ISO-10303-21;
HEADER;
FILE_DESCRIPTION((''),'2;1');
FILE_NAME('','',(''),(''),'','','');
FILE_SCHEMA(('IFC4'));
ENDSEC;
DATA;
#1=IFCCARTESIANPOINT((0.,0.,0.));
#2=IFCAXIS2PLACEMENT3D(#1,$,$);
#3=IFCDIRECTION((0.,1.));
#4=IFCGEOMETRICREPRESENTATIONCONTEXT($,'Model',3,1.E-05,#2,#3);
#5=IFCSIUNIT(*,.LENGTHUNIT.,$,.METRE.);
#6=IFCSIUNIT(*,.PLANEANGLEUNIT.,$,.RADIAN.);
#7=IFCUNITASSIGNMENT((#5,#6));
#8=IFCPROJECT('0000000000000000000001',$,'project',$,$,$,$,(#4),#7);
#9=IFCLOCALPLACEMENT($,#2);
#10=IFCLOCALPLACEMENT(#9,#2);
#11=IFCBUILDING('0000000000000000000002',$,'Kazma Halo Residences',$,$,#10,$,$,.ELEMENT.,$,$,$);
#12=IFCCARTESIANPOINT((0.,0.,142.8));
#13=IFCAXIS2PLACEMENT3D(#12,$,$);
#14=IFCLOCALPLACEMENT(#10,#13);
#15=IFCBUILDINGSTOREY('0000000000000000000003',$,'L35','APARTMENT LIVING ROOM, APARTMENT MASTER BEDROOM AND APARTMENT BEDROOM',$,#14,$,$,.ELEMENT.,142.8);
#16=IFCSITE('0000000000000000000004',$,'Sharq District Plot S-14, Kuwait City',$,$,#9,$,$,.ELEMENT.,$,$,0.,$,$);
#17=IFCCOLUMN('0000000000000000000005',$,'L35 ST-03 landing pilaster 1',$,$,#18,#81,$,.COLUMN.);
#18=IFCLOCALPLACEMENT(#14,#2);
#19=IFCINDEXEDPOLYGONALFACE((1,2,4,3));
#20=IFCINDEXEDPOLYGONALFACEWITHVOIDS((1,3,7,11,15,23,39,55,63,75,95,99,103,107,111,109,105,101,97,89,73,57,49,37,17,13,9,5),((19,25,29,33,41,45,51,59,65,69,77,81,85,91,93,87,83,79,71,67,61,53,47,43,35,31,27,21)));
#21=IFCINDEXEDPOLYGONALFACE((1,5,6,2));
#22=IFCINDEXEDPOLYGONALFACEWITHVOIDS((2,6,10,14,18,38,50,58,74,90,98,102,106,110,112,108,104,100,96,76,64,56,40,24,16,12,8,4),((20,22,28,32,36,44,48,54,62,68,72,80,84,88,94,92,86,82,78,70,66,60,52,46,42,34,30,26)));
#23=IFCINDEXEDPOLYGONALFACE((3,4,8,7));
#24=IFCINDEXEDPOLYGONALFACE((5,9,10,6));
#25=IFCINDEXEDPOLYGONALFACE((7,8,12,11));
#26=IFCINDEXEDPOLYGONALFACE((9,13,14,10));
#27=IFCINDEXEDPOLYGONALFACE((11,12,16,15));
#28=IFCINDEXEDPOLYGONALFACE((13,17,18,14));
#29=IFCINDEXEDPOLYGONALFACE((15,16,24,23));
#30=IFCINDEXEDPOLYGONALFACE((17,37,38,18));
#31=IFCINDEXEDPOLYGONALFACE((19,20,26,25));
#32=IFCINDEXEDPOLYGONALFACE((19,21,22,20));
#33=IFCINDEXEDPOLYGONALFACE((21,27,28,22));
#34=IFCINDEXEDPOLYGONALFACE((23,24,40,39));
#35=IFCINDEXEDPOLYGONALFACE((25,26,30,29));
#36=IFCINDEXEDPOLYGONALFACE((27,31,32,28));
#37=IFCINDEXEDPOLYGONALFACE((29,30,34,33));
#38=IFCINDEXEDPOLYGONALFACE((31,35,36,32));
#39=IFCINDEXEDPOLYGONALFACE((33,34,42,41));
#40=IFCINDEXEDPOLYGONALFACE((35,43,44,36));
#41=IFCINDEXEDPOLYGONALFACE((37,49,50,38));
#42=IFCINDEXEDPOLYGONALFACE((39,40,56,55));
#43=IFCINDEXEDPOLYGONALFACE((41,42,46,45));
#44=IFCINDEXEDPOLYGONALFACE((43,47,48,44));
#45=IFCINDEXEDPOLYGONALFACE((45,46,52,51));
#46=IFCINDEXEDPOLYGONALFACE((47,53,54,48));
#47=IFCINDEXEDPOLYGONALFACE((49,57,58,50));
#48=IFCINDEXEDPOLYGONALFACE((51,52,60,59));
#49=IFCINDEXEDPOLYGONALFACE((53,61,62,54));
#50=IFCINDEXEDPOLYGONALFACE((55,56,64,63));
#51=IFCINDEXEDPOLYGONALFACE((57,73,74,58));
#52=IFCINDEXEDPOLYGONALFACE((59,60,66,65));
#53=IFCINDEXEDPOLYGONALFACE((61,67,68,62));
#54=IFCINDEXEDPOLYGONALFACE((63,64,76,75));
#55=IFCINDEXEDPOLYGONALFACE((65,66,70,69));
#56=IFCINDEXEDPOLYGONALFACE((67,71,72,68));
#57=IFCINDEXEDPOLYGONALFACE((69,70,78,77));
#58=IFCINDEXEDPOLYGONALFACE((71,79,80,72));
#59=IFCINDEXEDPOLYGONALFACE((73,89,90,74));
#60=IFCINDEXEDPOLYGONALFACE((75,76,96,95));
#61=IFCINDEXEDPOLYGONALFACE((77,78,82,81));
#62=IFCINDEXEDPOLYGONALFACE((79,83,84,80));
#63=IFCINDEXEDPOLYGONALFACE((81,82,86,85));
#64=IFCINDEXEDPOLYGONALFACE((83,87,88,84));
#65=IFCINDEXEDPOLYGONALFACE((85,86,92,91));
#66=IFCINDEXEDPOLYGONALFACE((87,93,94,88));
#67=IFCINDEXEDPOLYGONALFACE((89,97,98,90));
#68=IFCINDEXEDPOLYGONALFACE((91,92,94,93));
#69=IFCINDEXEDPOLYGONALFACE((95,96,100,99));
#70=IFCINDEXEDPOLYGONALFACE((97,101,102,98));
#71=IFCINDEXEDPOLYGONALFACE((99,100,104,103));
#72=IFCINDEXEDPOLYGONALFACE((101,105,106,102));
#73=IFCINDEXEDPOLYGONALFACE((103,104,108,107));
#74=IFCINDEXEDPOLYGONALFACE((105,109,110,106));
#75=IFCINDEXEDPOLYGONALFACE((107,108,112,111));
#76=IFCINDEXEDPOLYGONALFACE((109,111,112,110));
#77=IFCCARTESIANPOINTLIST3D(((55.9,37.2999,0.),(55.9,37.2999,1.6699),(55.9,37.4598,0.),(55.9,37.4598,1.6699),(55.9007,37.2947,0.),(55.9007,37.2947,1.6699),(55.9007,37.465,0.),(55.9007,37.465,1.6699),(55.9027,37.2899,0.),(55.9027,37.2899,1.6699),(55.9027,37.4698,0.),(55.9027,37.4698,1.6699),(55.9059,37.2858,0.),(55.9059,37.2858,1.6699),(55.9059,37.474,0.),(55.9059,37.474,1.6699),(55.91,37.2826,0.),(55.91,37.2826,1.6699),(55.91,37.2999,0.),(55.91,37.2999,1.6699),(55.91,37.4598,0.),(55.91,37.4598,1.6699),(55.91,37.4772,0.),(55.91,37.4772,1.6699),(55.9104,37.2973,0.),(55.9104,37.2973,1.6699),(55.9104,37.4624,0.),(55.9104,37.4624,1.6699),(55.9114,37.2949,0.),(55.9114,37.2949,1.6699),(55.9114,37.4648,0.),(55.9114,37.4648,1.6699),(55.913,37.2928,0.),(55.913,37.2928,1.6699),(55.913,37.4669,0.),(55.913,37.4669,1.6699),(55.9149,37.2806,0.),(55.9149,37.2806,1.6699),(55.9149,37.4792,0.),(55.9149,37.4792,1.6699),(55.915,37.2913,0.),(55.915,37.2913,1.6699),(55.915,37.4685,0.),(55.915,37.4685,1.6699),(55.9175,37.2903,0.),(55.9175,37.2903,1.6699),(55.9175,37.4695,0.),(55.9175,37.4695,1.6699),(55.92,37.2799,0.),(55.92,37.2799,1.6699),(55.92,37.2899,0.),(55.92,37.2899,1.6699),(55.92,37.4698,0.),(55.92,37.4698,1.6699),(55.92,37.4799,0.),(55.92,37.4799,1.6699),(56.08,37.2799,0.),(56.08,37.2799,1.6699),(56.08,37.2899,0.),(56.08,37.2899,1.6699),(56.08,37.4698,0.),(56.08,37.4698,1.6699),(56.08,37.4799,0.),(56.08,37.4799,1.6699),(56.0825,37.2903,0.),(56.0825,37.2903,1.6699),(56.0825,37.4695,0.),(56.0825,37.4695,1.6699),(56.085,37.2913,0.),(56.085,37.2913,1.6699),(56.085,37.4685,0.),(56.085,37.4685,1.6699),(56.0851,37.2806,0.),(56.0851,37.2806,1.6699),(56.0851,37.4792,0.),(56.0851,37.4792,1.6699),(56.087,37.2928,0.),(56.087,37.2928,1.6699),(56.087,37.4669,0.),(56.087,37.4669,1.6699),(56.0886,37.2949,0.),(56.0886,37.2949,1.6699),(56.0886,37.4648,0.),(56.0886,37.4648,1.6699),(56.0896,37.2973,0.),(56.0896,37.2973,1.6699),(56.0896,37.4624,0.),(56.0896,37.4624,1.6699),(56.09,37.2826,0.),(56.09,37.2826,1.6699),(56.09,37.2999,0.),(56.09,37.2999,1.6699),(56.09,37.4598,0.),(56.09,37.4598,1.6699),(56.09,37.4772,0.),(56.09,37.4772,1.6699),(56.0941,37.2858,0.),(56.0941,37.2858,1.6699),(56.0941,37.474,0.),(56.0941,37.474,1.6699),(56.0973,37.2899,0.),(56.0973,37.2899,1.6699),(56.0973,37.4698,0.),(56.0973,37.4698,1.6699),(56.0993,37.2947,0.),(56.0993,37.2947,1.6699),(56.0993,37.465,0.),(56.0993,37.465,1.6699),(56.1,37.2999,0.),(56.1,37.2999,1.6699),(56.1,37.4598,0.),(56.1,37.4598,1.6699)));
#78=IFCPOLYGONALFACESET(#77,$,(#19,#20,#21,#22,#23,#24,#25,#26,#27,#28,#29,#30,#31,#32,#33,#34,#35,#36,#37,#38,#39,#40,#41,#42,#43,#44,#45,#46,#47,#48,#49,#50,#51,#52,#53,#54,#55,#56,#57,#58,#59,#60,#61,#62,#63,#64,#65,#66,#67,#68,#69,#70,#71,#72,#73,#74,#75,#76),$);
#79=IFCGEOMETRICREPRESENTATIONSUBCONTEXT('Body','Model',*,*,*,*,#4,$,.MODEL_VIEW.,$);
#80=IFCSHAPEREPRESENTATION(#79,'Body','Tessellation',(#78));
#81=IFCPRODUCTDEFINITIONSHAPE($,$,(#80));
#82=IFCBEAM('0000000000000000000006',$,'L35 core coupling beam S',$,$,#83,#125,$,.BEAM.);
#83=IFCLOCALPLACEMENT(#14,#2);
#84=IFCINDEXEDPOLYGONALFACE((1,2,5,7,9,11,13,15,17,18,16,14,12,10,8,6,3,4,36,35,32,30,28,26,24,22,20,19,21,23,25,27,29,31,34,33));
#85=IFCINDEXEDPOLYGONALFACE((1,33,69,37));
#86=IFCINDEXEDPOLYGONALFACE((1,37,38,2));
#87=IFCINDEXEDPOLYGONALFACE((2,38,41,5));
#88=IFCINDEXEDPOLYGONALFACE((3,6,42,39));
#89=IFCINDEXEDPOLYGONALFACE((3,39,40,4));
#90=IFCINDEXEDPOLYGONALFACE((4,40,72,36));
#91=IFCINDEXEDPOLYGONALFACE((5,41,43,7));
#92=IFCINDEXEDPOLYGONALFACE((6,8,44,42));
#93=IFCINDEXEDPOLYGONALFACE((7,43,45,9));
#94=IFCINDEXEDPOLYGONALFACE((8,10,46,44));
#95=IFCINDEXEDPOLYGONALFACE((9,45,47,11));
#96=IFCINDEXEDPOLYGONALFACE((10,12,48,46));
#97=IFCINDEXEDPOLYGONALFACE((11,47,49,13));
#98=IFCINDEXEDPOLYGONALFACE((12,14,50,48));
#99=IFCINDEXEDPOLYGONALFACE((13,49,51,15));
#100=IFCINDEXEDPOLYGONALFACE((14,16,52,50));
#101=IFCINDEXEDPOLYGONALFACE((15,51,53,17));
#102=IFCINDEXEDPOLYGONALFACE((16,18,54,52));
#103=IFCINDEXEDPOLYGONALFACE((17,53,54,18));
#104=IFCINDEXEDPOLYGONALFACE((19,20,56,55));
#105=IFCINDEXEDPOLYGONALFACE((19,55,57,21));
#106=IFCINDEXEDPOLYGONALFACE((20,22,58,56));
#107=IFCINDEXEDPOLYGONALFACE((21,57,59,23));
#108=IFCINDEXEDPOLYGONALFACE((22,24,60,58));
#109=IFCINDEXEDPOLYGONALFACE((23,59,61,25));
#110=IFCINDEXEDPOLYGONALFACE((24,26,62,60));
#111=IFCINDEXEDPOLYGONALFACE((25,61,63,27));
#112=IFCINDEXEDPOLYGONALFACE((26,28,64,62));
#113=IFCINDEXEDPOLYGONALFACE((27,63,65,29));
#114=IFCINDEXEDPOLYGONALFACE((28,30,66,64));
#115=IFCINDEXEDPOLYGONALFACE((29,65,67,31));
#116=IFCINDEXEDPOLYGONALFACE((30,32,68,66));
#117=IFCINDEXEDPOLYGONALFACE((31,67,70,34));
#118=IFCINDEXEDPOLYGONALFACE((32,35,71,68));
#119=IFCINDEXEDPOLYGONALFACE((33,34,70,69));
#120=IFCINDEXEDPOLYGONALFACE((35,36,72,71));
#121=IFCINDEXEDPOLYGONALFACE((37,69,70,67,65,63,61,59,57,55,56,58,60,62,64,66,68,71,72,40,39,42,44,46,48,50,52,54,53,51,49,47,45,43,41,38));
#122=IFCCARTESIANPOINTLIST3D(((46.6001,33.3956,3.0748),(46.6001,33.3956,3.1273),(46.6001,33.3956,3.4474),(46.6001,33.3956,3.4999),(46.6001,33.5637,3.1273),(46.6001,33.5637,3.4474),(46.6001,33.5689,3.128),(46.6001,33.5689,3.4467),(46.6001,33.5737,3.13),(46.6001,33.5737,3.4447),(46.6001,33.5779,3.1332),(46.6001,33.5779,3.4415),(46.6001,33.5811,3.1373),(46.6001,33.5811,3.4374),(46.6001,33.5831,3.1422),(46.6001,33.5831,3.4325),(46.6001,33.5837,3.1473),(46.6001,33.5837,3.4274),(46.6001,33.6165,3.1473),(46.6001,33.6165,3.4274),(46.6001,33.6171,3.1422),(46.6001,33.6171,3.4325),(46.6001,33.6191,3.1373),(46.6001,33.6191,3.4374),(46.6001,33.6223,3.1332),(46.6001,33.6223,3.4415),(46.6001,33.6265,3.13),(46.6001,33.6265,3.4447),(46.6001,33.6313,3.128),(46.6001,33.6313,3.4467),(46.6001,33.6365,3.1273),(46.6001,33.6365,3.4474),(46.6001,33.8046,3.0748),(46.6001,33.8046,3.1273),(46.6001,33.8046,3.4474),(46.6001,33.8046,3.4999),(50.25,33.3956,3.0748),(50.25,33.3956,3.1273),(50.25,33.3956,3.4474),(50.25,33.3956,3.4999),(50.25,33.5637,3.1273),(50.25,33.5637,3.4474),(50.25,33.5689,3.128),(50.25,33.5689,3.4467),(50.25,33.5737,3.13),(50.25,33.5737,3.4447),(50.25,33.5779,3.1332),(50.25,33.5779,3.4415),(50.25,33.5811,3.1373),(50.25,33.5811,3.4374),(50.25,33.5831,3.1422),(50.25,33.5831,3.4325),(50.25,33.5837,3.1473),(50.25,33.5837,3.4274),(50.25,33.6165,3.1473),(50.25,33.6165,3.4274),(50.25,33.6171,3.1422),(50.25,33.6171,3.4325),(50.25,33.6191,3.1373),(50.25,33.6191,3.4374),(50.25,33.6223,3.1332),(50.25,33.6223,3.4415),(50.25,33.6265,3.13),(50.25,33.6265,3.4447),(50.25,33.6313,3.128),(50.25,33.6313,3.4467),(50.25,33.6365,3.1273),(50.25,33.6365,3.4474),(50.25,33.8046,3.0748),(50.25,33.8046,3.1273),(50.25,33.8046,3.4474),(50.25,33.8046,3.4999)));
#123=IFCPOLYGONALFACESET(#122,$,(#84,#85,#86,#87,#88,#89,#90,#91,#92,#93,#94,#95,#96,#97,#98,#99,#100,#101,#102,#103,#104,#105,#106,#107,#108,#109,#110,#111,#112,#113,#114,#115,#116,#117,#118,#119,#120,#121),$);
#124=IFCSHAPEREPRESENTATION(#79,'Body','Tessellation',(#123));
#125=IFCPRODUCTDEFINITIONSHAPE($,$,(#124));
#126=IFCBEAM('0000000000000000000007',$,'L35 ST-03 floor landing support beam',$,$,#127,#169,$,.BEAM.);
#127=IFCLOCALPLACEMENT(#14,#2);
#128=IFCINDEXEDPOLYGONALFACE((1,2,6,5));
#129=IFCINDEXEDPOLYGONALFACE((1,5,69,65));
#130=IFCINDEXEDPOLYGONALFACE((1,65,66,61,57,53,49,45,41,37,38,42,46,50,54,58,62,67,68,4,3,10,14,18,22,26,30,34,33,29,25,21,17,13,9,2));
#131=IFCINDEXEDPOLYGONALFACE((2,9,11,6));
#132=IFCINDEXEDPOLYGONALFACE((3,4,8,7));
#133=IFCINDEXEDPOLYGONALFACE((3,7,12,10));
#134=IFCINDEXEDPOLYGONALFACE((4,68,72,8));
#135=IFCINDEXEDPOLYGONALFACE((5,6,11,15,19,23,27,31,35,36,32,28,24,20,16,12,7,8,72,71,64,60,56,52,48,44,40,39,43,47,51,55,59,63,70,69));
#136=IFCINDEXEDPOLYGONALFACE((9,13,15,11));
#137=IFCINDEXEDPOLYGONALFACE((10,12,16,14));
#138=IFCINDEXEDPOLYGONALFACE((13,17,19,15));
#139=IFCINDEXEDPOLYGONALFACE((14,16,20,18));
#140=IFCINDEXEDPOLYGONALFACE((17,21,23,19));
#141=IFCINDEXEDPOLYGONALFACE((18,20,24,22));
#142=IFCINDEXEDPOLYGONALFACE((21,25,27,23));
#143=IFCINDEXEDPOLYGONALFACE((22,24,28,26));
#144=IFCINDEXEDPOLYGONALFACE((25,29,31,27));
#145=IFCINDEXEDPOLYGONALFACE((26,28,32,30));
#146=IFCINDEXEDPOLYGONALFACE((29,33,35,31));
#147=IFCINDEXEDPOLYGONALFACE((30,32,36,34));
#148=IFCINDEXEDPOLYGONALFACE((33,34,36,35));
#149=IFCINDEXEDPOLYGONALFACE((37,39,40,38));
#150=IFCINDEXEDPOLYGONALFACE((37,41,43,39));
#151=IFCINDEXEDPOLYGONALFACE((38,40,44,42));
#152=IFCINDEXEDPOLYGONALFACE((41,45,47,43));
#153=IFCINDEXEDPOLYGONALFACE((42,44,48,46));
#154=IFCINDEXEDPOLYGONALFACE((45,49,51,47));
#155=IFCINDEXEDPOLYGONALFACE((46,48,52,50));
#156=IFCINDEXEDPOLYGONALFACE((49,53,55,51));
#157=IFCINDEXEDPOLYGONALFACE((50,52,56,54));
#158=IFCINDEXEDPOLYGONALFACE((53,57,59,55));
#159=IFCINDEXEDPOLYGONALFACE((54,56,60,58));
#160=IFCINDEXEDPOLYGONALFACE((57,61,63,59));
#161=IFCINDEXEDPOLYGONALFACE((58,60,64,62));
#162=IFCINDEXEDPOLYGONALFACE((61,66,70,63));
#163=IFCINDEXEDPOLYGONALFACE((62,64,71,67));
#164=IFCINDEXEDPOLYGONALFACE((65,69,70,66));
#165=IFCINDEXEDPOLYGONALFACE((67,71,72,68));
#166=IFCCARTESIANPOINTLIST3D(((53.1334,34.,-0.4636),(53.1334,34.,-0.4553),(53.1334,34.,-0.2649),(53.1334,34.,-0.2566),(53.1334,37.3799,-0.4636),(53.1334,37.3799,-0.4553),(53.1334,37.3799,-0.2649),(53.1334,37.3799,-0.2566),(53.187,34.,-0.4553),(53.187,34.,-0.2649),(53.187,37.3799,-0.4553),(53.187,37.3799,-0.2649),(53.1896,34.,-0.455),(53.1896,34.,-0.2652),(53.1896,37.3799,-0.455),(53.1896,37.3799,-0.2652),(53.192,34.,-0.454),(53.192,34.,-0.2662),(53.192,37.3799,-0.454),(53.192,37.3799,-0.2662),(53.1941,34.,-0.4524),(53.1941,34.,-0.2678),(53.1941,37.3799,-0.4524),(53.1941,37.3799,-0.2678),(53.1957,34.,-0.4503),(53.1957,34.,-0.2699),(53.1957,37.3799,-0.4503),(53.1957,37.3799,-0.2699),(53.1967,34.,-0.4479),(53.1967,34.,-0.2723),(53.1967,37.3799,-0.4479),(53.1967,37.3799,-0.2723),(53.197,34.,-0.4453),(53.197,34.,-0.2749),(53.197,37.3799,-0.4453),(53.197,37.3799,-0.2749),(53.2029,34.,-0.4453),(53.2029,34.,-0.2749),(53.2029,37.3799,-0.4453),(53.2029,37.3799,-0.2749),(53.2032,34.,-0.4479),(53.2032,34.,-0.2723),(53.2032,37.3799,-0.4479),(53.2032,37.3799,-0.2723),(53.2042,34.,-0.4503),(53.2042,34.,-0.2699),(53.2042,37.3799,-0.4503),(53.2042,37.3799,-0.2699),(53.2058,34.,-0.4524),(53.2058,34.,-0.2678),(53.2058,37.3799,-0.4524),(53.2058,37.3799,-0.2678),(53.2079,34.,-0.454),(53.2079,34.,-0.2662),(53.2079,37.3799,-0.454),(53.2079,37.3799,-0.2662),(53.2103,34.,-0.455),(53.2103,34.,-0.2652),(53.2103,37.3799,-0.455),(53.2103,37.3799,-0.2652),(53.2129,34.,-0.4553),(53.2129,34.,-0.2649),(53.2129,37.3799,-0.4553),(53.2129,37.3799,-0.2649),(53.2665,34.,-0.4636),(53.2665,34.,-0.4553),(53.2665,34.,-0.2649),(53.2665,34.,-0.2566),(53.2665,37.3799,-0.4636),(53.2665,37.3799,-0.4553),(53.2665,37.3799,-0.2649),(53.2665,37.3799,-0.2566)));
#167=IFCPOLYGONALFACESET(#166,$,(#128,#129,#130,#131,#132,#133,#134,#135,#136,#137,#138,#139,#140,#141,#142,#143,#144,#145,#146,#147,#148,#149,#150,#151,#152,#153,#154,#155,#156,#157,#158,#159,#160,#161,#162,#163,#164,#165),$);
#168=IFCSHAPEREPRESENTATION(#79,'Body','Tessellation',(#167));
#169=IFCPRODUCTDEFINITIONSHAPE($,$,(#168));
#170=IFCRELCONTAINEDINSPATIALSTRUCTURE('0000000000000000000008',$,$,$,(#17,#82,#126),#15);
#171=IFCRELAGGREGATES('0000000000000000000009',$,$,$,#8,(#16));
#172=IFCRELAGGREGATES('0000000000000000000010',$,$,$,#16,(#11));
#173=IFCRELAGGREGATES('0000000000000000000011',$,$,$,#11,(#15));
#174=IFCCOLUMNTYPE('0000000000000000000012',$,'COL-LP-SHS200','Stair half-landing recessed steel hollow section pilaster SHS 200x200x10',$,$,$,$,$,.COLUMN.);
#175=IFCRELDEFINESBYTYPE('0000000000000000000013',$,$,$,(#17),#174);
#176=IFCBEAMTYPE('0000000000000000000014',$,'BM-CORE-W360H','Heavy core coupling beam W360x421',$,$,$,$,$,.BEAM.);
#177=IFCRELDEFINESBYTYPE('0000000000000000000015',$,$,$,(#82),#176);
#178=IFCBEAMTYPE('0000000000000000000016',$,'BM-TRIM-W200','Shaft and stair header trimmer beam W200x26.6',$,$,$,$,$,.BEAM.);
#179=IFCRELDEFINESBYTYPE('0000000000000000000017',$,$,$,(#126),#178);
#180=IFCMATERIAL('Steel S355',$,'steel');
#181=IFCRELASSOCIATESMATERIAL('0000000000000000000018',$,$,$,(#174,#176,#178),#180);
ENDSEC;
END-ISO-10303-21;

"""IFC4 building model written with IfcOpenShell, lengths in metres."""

from ifc_helpers import new_model, si_unit, direction, frame, origin, origin_2d, place, context, subcontext, project, spatial, hollow_rectangle, i_section, extrude, material, material_profile, profile_set, type_object, element, save


model = new_model("IFC4")

# Units and contexts
model_context = context("Model", 3, precision=1e-05, world=origin(), true_north=direction((0.0, 1.0)))
body_context = subcontext(model_context, "Body", "Model", "MODEL_VIEW")
ifc_project = project(units=[si_unit("LENGTHUNIT", "METRE"), si_unit("PLANEANGLEUNIT", "RADIAN")], contexts=[model_context])

# Site, building, storey
site_placement = place(None, origin())
site = spatial("IfcSite", under=ifc_project, at=site_placement, Name="Sharq District Plot S-14, Kuwait City", CompositionType="ELEMENT", RefElevation=0.0)
building_placement = place(site_placement, origin())
building = spatial("IfcBuilding", under=site, at=building_placement, Name="Kazma Halo Residences", CompositionType="ELEMENT")
storey_placement = place(building_placement, frame((0.0, 0.0, 142.8)))
storey = spatial("IfcBuildingStorey", under=building, at=storey_placement, Name="L35", Description="APARTMENT LIVING ROOM, APARTMENT MASTER BEDROOM AND APARTMENT BEDROOM", CompositionType="ELEMENT", Elevation=142.8)

# Column
ifc_material_1 = material(Name="Steel S355", Category="steel")
ifc_material_profile_1 = material_profile(ifc_material_1, hollow_rectangle(XDim=0.2, YDim=0.2, WallThickness=0.01, InnerFilletRadius=0.01, OuterFilletRadius=0.02, at=origin_2d()), Name="SHS200x200x10")
ifc_profile_set_1 = profile_set([ifc_material_profile_1], Name="Steel S355")
column_type = type_object("IfcColumnType", Name="COL-LP-SHS200", Description="Stair half-landing recessed steel hollow section pilaster SHS 200x200x10", PredefinedType="COLUMN", material=ifc_profile_set_1)
column_placement = place(storey_placement, frame((56.0, 37.3799, 0.0), z_axis=(0.0, 0.0, 1.0), x_axis=(1.0, 0.0, 0.0)))
element("IfcColumn", 1, at=column_placement, inside=storey, type_object=column_type, Name="L35 ST-03 landing pilaster 1", PredefinedType="COLUMN", context=body_context, shape_type="SweptSolid", body=[
    extrude(hollow_rectangle(XDim=0.2, YDim=0.2, WallThickness=0.01, InnerFilletRadius=0.01, OuterFilletRadius=0.02, at=origin_2d()), origin(), (0.0, 0.0, 1.0), 1.6699),
])

# Beams
ifc_material_profile_2 = material_profile(ifc_material_1, i_section(OverallWidth=0.4089, OverallDepth=0.425, WebThickness=0.0327, FlangeThickness=0.0525, FilletRadius=0.02, at=origin_2d()), Name="W360x421")
ifc_profile_set_2 = profile_set([ifc_material_profile_2], Name="Steel S355")
beam_type_1 = type_object("IfcBeamType", Name="BM-CORE-W360H", Description="Heavy core coupling beam W360x421", PredefinedType="BEAM", material=ifc_profile_set_2)
beam_1_placement = place(storey_placement, frame((46.6001, 33.6001, 3.2874), z_axis=(1.0, 0.0, 0.0), x_axis=(0.0, 1.0, 0.0)))
element("IfcBeam", 2, at=beam_1_placement, inside=storey, type_object=beam_type_1, Name="L35 core coupling beam S", PredefinedType="BEAM", context=body_context, shape_type="SweptSolid", body=[
    extrude(i_section(OverallWidth=0.4089, OverallDepth=0.425, WebThickness=0.0327, FlangeThickness=0.0525, FilletRadius=0.02, at=origin_2d()), origin(), (0.0, 0.0, 1.0), 3.6499),
])
ifc_material_profile_3 = material_profile(ifc_material_1, i_section(OverallWidth=0.1331, OverallDepth=0.207, WebThickness=0.0059, FlangeThickness=0.0083, FilletRadius=0.01, at=origin_2d()), Name="W200x26.6")
ifc_profile_set_3 = profile_set([ifc_material_profile_3], Name="Steel S355")
beam_type_2 = type_object("IfcBeamType", Name="BM-TRIM-W200", Description="Shaft and stair header trimmer beam W200x26.6", PredefinedType="BEAM", material=ifc_profile_set_3)
beam_2_placement = place(storey_placement, frame((53.2, 34.0, -0.3601), z_axis=(0.0, 1.0, 0.0), x_axis=(-1.0, 0.0, 0.0)))
element("IfcBeam", 3, at=beam_2_placement, inside=storey, type_object=beam_type_2, Name="L35 ST-03 floor landing support beam", PredefinedType="BEAM", context=body_context, shape_type="SweptSolid", body=[
    extrude(i_section(OverallWidth=0.1331, OverallDepth=0.207, WebThickness=0.0059, FlangeThickness=0.0083, FilletRadius=0.01, at=origin_2d()), origin(), (0.0, 0.0, 1.0), 3.3799),
])

save(model, "model.ifc")
